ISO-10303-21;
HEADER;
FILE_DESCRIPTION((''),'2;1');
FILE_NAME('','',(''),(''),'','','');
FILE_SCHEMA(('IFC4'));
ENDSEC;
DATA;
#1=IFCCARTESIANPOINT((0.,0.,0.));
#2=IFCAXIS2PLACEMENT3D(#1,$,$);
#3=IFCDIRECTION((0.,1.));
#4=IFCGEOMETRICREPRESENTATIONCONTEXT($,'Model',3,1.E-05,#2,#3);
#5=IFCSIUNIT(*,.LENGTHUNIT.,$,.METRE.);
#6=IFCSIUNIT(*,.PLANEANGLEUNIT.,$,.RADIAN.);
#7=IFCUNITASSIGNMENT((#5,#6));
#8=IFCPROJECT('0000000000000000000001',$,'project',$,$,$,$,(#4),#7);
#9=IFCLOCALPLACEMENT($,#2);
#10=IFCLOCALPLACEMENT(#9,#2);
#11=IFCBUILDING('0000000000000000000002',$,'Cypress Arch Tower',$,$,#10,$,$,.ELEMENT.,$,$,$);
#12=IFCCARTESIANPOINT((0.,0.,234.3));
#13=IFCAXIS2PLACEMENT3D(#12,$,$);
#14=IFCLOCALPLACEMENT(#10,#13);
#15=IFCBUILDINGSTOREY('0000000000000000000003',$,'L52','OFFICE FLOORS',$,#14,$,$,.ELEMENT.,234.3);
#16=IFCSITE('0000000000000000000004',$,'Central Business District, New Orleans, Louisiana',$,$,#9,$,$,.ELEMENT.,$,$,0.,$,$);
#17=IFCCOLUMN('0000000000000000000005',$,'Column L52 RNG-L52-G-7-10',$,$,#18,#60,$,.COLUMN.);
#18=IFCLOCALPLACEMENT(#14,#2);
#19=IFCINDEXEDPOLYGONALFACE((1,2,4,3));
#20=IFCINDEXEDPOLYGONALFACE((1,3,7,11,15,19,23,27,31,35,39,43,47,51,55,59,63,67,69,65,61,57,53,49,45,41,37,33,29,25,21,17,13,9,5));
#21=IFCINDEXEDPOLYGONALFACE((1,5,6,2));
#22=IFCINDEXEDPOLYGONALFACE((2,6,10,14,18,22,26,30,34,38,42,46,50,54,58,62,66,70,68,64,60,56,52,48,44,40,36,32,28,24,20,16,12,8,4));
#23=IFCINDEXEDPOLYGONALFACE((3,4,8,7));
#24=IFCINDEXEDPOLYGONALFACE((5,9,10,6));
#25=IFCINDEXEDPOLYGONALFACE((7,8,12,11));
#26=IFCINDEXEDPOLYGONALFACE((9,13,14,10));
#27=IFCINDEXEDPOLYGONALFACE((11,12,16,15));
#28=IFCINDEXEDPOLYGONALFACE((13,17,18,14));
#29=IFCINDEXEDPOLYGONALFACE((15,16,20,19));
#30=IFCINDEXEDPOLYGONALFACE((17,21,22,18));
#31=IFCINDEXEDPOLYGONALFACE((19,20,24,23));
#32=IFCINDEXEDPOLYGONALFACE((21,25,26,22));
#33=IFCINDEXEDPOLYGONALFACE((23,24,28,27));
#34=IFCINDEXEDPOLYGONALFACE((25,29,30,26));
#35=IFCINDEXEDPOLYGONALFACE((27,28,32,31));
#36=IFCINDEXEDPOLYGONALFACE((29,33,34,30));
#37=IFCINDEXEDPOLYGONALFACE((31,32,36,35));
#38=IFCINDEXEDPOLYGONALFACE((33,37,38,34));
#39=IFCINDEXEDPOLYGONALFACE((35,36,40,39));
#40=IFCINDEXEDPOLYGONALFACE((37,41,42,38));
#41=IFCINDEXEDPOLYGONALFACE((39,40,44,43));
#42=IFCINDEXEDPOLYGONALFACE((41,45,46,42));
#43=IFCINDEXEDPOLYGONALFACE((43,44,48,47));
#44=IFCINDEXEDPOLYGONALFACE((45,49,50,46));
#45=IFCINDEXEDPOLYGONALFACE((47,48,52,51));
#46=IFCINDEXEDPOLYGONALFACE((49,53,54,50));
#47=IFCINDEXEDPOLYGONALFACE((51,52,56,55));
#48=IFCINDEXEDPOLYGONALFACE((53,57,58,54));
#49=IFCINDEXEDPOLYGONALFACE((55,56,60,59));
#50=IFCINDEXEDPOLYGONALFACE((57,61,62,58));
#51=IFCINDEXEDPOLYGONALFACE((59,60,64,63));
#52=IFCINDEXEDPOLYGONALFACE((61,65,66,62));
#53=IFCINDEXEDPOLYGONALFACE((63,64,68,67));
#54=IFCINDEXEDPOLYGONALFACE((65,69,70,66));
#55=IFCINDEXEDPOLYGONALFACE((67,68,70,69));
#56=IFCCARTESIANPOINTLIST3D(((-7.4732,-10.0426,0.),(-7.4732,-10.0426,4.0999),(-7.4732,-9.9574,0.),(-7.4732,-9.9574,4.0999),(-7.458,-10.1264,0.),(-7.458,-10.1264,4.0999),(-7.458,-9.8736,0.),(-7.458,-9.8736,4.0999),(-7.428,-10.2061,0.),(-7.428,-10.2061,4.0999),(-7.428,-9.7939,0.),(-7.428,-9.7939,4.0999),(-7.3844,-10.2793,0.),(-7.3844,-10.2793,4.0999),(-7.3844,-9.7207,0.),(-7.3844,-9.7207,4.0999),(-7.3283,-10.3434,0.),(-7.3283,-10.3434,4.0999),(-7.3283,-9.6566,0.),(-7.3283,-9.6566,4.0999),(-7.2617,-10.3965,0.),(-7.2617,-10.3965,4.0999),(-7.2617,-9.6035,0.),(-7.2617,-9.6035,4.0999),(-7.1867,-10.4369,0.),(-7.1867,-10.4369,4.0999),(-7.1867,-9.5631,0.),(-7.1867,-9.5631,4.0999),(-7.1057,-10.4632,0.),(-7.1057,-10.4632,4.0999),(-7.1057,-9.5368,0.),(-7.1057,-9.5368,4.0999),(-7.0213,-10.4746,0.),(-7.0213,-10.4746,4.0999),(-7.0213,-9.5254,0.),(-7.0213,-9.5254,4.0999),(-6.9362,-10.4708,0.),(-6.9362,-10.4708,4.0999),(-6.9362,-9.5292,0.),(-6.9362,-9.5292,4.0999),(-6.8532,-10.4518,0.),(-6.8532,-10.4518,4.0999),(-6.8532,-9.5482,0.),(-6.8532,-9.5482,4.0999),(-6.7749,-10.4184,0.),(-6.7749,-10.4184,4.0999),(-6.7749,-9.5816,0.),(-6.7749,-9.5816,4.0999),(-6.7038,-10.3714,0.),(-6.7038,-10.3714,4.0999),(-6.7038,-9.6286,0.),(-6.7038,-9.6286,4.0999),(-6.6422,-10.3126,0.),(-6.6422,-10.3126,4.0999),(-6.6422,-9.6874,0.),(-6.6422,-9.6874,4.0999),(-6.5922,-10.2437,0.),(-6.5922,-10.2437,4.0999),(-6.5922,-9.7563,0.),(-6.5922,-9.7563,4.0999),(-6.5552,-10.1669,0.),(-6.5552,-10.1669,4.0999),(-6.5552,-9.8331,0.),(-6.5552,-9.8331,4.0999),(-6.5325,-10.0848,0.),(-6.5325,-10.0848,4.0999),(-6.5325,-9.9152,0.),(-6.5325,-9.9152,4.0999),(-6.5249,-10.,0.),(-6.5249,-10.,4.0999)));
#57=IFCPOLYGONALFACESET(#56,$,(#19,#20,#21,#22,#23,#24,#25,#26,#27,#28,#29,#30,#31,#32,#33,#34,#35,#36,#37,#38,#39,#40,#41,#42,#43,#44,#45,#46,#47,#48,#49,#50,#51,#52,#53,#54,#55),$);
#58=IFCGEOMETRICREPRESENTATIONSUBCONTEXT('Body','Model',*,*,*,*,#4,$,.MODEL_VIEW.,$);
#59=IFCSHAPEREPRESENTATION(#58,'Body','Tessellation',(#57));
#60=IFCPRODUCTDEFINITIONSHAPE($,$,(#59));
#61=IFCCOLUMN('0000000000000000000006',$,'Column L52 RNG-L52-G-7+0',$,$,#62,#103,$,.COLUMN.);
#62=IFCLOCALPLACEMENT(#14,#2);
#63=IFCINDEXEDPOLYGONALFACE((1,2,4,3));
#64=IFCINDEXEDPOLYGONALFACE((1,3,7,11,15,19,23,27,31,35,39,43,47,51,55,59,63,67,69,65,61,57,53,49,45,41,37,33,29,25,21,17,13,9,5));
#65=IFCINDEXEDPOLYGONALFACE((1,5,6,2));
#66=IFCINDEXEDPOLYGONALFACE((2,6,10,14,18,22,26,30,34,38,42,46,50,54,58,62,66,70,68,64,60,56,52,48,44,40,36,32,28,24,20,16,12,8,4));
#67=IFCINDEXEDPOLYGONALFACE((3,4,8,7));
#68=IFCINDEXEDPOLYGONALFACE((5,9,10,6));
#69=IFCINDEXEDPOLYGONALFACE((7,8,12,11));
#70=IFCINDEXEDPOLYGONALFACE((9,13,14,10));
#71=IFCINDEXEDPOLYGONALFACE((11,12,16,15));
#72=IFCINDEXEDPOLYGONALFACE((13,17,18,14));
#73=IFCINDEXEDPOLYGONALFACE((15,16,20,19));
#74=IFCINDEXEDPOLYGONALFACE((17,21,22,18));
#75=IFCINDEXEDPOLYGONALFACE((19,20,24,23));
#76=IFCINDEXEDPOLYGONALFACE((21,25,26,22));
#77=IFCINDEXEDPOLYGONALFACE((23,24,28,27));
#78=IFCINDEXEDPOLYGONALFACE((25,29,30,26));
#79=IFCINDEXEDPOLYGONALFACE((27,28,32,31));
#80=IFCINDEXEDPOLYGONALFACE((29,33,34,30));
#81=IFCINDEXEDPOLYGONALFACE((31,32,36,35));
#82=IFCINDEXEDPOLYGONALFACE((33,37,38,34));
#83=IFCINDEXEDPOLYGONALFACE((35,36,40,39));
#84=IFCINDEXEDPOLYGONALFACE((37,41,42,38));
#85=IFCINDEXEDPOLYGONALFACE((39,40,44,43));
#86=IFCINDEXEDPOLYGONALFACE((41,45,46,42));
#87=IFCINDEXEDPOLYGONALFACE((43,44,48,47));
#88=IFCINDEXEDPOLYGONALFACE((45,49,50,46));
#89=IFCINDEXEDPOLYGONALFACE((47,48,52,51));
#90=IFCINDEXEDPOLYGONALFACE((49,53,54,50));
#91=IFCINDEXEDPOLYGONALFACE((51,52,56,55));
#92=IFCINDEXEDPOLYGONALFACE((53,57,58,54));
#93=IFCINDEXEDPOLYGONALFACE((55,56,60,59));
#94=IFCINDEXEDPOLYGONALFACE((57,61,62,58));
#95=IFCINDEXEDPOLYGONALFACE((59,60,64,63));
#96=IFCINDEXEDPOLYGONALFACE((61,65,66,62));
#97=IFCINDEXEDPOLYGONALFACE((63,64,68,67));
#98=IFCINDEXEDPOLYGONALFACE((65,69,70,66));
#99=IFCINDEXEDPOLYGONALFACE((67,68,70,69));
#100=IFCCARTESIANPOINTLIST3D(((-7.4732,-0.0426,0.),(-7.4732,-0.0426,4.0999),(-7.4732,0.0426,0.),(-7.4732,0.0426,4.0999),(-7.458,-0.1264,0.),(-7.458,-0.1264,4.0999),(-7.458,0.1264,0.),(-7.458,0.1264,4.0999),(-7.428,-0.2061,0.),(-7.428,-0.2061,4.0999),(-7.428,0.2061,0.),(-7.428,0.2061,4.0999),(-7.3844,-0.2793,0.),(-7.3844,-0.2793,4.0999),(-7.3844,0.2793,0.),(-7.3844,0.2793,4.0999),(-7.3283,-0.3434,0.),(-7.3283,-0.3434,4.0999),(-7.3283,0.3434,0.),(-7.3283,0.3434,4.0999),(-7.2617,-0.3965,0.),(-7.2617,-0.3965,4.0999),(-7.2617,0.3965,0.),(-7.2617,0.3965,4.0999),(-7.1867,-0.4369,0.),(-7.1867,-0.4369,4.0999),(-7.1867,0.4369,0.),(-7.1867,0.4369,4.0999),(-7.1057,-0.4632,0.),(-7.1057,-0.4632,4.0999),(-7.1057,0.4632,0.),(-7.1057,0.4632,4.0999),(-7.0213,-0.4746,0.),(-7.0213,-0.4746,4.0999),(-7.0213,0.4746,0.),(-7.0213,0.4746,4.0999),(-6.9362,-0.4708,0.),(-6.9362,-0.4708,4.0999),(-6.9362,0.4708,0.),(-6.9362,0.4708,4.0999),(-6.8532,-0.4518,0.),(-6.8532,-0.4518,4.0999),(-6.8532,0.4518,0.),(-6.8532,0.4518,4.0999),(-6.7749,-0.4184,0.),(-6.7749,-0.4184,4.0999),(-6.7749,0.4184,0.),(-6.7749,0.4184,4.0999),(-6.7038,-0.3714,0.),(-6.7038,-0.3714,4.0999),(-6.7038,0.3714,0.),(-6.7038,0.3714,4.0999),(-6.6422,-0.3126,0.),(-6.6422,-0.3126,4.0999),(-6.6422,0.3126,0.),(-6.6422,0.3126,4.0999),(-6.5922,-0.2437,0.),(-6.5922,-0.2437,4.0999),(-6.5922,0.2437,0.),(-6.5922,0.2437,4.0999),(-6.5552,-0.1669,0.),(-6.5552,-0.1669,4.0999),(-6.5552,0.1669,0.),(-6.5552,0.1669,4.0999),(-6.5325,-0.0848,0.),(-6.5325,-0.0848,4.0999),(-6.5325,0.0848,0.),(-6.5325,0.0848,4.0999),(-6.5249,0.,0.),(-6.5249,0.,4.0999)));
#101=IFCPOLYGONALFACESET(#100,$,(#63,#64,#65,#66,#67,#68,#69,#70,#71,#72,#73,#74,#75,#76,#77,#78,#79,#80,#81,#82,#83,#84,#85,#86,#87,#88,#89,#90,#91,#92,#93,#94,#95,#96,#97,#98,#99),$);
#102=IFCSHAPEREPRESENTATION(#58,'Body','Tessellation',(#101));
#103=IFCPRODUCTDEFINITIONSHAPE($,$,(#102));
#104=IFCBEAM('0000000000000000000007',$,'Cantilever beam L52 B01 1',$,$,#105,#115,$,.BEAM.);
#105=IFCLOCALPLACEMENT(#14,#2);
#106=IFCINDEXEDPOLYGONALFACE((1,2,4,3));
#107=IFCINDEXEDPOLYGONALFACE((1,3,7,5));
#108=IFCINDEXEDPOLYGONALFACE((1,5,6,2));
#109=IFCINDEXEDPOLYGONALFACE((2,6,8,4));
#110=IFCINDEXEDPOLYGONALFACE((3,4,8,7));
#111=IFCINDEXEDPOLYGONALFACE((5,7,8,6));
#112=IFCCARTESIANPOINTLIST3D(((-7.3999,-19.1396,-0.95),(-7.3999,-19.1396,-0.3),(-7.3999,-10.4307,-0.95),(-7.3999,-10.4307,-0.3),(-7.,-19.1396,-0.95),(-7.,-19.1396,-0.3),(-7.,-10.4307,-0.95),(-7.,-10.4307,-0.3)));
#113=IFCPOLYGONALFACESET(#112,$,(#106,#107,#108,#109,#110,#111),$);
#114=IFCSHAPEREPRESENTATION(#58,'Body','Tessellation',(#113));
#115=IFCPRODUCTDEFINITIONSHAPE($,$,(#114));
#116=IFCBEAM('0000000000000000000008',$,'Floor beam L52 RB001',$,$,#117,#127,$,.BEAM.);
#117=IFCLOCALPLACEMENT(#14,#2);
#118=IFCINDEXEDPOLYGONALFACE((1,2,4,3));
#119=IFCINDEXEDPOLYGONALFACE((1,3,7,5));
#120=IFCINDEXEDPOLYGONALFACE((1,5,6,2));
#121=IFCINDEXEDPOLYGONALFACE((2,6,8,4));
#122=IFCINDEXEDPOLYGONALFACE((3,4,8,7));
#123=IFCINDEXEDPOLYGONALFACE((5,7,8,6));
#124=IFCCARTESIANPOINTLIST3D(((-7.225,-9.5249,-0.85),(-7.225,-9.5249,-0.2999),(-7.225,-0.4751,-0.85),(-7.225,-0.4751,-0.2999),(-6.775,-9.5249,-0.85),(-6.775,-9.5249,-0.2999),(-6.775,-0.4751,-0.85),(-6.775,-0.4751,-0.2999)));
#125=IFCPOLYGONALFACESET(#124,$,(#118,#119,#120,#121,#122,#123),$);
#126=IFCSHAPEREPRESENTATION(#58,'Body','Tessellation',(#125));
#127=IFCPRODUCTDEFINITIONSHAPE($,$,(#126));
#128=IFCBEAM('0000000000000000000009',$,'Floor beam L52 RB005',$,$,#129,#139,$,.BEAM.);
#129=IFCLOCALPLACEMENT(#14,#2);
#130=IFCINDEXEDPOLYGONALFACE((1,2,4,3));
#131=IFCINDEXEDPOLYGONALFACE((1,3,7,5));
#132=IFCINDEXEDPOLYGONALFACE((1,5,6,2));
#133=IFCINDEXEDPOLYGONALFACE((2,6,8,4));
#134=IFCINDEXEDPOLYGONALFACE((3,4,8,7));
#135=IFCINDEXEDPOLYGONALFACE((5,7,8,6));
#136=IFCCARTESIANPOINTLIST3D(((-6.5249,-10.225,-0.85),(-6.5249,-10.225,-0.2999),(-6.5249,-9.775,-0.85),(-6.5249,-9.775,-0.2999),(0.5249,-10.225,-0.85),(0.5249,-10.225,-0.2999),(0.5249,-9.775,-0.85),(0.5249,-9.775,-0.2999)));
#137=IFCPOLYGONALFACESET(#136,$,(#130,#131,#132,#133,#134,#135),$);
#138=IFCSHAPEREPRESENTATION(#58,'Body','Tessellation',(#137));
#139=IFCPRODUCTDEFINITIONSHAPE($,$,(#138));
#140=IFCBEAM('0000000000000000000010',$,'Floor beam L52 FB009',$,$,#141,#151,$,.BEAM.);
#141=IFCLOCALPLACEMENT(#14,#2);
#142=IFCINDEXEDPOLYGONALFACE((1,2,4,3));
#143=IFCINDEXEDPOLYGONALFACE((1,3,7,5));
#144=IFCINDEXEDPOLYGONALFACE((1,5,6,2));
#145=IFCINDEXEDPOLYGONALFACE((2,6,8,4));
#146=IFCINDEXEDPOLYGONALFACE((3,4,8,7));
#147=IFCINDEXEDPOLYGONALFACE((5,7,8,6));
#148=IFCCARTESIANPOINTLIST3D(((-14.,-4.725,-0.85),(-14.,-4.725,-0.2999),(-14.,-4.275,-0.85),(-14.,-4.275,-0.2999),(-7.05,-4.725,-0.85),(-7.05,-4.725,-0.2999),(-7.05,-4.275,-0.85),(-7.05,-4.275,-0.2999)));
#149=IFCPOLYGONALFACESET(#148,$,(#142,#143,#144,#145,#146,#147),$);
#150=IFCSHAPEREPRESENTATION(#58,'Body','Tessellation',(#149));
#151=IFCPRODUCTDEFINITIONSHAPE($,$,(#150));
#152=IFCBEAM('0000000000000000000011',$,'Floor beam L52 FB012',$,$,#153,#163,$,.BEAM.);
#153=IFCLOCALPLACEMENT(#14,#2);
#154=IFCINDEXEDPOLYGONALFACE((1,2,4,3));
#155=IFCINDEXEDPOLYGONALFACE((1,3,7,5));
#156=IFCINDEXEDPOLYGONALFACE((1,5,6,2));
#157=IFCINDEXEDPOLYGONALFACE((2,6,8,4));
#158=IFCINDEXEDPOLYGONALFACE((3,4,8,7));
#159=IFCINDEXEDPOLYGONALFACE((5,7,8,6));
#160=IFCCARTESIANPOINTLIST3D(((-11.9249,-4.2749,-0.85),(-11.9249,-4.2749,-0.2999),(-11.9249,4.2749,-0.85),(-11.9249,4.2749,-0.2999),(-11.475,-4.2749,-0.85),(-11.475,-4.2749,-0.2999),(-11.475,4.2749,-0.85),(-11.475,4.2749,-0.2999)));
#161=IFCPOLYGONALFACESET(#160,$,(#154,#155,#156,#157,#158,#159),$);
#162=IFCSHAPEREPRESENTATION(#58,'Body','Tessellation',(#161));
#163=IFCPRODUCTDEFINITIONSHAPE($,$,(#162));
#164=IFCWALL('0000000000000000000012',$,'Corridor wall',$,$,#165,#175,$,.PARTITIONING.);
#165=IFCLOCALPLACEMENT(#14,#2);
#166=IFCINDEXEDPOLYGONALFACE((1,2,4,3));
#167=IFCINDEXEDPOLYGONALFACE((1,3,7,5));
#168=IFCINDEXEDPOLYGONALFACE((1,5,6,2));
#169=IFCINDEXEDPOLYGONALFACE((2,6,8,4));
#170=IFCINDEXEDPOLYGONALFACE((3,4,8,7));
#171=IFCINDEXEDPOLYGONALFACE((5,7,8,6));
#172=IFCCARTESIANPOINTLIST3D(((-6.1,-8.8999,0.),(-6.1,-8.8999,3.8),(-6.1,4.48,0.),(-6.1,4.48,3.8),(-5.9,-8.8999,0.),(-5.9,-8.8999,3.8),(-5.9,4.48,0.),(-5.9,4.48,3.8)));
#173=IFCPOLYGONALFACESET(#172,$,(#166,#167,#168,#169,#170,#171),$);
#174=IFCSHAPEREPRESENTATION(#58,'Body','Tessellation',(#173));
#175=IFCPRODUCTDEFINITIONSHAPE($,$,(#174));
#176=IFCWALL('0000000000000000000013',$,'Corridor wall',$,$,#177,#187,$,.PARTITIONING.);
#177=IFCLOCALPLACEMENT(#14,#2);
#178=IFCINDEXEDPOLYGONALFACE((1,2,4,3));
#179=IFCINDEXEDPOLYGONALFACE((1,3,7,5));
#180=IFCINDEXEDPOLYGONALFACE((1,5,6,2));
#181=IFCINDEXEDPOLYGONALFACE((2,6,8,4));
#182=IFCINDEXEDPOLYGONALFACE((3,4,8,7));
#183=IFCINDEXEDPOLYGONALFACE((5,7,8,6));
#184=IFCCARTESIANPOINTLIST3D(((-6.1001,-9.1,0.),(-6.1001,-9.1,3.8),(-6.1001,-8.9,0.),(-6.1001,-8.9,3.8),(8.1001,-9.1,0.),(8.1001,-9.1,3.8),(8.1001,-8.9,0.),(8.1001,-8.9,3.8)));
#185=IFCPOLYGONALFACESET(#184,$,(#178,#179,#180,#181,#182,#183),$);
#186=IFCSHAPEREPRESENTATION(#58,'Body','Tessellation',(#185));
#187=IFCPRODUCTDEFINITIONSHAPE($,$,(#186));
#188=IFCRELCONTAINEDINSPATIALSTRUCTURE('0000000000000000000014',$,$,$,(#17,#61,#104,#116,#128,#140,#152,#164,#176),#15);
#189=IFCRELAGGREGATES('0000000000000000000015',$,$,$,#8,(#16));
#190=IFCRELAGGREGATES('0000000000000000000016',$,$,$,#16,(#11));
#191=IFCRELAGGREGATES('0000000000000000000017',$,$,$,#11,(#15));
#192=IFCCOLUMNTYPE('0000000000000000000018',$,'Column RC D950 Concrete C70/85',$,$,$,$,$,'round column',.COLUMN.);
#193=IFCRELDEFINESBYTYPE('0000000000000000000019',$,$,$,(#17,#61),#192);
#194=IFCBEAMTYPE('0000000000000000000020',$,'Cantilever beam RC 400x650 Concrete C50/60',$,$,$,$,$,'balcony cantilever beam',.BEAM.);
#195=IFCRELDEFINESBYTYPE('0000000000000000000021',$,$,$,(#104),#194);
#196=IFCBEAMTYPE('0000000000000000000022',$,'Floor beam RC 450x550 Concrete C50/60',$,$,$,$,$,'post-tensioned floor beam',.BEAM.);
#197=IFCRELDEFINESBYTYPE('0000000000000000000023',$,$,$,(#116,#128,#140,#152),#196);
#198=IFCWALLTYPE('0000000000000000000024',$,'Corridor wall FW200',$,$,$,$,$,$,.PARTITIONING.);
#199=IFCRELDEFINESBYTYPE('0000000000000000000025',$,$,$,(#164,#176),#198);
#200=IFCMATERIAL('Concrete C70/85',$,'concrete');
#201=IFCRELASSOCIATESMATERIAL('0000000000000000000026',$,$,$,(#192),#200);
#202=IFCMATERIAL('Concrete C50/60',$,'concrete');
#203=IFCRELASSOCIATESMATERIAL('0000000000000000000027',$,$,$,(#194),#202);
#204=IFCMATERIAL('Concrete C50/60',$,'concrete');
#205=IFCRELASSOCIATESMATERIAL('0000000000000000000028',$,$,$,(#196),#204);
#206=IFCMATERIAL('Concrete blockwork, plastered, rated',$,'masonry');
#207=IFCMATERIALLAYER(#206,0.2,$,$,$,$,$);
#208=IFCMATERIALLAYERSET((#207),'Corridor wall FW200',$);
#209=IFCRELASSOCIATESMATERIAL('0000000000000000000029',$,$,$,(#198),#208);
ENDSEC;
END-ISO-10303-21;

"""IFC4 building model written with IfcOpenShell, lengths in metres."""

from ifc_helpers import new_model, si_unit, direction, frame, frame_2d, origin, origin_2d, place, context, subcontext, project, spatial, rectangle, circle, extrude, material, layer, layer_set, material_profile, profile_set, type_object, element, save


model = new_model("IFC4")

# Units and contexts
model_context = context("Model", 3, precision=1e-05, world=origin(), true_north=direction((0.0, 1.0)))
body_context = subcontext(model_context, "Body", "Model", "MODEL_VIEW")
ifc_project = project(units=[si_unit("LENGTHUNIT", "METRE"), si_unit("PLANEANGLEUNIT", "RADIAN")], contexts=[model_context])

# Site, building, storey
site_placement = place(None, origin())
site = spatial("IfcSite", under=ifc_project, at=site_placement, Name="Central Business District, New Orleans, Louisiana", CompositionType="ELEMENT", RefElevation=0.0)
building_placement = place(site_placement, origin())
building = spatial("IfcBuilding", under=site, at=building_placement, Name="Cypress Arch Tower", CompositionType="ELEMENT")
storey_placement = place(building_placement, frame((0.0, 0.0, 234.3)))
storey = spatial("IfcBuildingStorey", under=building, at=storey_placement, Name="L52", Description="OFFICE FLOORS", CompositionType="ELEMENT", Elevation=234.3)

# Columns
ifc_material_1 = material(Name="Concrete C70/85", Category="concrete")
ifc_material_profile_1 = material_profile(ifc_material_1, circle(Radius=0.4751, at=origin_2d()), Name="RC D950")
ifc_profile_set_1 = profile_set([ifc_material_profile_1], Name="Concrete C70/85")
column_type = type_object("IfcColumnType", Name="Column RC D950 Concrete C70/85", ElementType="round column", PredefinedType="COLUMN", material=ifc_profile_set_1)
for number, where, z_axis, x_axis, name in (
    (1, (-7.0, -10.0, 0.0), (0.0, 0.0, 1.0), (1.0, 0.0, 0.0), "Column L52 RNG-L52-G-7-10"),
    (2, (-7.0, 0.0, 0.0), (0.0, 0.0, 1.0), (1.0, 0.0, 0.0), "Column L52 RNG-L52-G-7+0"),
):
    element("IfcColumn", number, at=place(storey_placement, frame(where, z_axis=z_axis, x_axis=x_axis)), inside=storey, type_object=column_type, Name=name, PredefinedType="COLUMN", context=body_context, shape_type="SweptSolid", body=[
        extrude(circle(Radius=0.4751, at=origin_2d()), origin(), (0.0, 0.0, 1.0), 4.0999),
    ])

# Beams
ifc_material_2 = material(Name="Concrete C50/60", Category="concrete")
ifc_material_profile_2 = material_profile(ifc_material_2, rectangle(XDim=0.3999, YDim=0.6499, at=origin_2d()), Name="RC 400x650")
ifc_profile_set_2 = profile_set([ifc_material_profile_2], Name="Concrete C50/60")
beam_type_1 = type_object("IfcBeamType", Name="Cantilever beam RC 400x650 Concrete C50/60", ElementType="balcony cantilever beam", PredefinedType="BEAM", material=ifc_profile_set_2)
beam_1_placement = place(storey_placement, frame((-7.2, -10.4307, -0.625), z_axis=(0.0, -1.0, 0.0), x_axis=(1.0, 0.0, 0.0)))
element("IfcBeam", 3, at=beam_1_placement, inside=storey, type_object=beam_type_1, Name="Cantilever beam L52 B01 1", PredefinedType="BEAM", context=body_context, shape_type="SweptSolid", body=[
    extrude(rectangle(XDim=0.3999, YDim=0.6499, at=origin_2d()), origin(), (0.0, 0.0, 1.0), 8.709),
])
ifc_material_3 = material(Name="Concrete C50/60", Category="concrete")
ifc_material_profile_3 = material_profile(ifc_material_3, rectangle(XDim=0.45, YDim=0.55, at=origin_2d()), Name="RC 450x550")
ifc_profile_set_3 = profile_set([ifc_material_profile_3], Name="Concrete C50/60")
beam_type_2 = type_object("IfcBeamType", Name="Floor beam RC 450x550 Concrete C50/60", ElementType="post-tensioned floor beam", PredefinedType="BEAM", material=ifc_profile_set_3)
beam_2_placement = place(storey_placement, frame((-7.0, -9.5249, -0.575), z_axis=(0.0, 1.0, 0.0), x_axis=(-1.0, 0.0, 0.0)))
element("IfcBeam", 4, at=beam_2_placement, inside=storey, type_object=beam_type_2, Name="Floor beam L52 RB001", PredefinedType="BEAM", context=body_context, shape_type="SweptSolid", body=[
    extrude(rectangle(XDim=0.45, YDim=0.55, at=origin_2d()), origin(), (0.0, 0.0, 1.0), 9.0498),
])
beam_3_placement = place(storey_placement, frame((-6.5249, -10.0, -0.575), z_axis=(1.0, 0.0, 0.0), x_axis=(0.0, 1.0, 0.0)))
element("IfcBeam", 5, at=beam_3_placement, inside=storey, type_object=beam_type_2, Name="Floor beam L52 RB005", PredefinedType="BEAM", context=body_context, shape_type="SweptSolid", body=[
    extrude(rectangle(XDim=0.45, YDim=0.55, at=origin_2d()), origin(), (0.0, 0.0, 1.0), 7.0498),
])
beam_4_placement = place(storey_placement, frame((-14.0, -4.5, -0.575), z_axis=(1.0, 0.0, 0.0), x_axis=(0.0, 1.0, 0.0)))
element("IfcBeam", 6, at=beam_4_placement, inside=storey, type_object=beam_type_2, Name="Floor beam L52 FB009", PredefinedType="BEAM", context=body_context, shape_type="SweptSolid", body=[
    extrude(rectangle(XDim=0.45, YDim=0.55, at=origin_2d()), origin(), (0.0, 0.0, 1.0), 6.95),
])
beam_5_placement = place(storey_placement, frame((-11.7, -4.2749, -0.575), z_axis=(0.0, 1.0, 0.0), x_axis=(-1.0, 0.0, 0.0)))
element("IfcBeam", 7, at=beam_5_placement, inside=storey, type_object=beam_type_2, Name="Floor beam L52 FB012", PredefinedType="BEAM", context=body_context, shape_type="SweptSolid", body=[
    extrude(rectangle(XDim=0.45, YDim=0.55, at=origin_2d()), origin(), (0.0, 0.0, 1.0), 8.5498),
])

# Walls
ifc_material_4 = material(Name="Concrete blockwork, plastered, rated", Category="masonry")
ifc_layer = layer(ifc_material_4, 0.2)
ifc_layer_set = layer_set([ifc_layer], Name="Corridor wall FW200")
wall_type = type_object("IfcWallType", Name="Corridor wall FW200", PredefinedType="PARTITIONING", material=ifc_layer_set)
wall_1_placement = place(storey_placement, frame((-6.0, -8.8999, 0.0), z_axis=(0.0, 0.0, 1.0), x_axis=(0.0, 1.0, 0.0)))
element("IfcWall", 8, at=wall_1_placement, inside=storey, type_object=wall_type, Name="Corridor wall", PredefinedType="PARTITIONING", context=body_context, shape_type="SweptSolid", body=[
    extrude(rectangle(XDim=13.3799, YDim=0.2, at=frame_2d((6.6899, 0.0))), origin(), (0.0, 0.0, 1.0), 3.8),
])
wall_2_placement = place(storey_placement, frame((-6.1001, -9.0, 0.0), z_axis=(0.0, 0.0, 1.0), x_axis=(1.0, 0.0, 0.0)))
element("IfcWall", 9, at=wall_2_placement, inside=storey, type_object=wall_type, Name="Corridor wall", PredefinedType="PARTITIONING", context=body_context, shape_type="SweptSolid", body=[
    extrude(rectangle(XDim=14.2002, YDim=0.2, at=frame_2d((7.1001, 0.0))), origin(), (0.0, 0.0, 1.0), 3.8),
])

save(model, "model.ifc")
